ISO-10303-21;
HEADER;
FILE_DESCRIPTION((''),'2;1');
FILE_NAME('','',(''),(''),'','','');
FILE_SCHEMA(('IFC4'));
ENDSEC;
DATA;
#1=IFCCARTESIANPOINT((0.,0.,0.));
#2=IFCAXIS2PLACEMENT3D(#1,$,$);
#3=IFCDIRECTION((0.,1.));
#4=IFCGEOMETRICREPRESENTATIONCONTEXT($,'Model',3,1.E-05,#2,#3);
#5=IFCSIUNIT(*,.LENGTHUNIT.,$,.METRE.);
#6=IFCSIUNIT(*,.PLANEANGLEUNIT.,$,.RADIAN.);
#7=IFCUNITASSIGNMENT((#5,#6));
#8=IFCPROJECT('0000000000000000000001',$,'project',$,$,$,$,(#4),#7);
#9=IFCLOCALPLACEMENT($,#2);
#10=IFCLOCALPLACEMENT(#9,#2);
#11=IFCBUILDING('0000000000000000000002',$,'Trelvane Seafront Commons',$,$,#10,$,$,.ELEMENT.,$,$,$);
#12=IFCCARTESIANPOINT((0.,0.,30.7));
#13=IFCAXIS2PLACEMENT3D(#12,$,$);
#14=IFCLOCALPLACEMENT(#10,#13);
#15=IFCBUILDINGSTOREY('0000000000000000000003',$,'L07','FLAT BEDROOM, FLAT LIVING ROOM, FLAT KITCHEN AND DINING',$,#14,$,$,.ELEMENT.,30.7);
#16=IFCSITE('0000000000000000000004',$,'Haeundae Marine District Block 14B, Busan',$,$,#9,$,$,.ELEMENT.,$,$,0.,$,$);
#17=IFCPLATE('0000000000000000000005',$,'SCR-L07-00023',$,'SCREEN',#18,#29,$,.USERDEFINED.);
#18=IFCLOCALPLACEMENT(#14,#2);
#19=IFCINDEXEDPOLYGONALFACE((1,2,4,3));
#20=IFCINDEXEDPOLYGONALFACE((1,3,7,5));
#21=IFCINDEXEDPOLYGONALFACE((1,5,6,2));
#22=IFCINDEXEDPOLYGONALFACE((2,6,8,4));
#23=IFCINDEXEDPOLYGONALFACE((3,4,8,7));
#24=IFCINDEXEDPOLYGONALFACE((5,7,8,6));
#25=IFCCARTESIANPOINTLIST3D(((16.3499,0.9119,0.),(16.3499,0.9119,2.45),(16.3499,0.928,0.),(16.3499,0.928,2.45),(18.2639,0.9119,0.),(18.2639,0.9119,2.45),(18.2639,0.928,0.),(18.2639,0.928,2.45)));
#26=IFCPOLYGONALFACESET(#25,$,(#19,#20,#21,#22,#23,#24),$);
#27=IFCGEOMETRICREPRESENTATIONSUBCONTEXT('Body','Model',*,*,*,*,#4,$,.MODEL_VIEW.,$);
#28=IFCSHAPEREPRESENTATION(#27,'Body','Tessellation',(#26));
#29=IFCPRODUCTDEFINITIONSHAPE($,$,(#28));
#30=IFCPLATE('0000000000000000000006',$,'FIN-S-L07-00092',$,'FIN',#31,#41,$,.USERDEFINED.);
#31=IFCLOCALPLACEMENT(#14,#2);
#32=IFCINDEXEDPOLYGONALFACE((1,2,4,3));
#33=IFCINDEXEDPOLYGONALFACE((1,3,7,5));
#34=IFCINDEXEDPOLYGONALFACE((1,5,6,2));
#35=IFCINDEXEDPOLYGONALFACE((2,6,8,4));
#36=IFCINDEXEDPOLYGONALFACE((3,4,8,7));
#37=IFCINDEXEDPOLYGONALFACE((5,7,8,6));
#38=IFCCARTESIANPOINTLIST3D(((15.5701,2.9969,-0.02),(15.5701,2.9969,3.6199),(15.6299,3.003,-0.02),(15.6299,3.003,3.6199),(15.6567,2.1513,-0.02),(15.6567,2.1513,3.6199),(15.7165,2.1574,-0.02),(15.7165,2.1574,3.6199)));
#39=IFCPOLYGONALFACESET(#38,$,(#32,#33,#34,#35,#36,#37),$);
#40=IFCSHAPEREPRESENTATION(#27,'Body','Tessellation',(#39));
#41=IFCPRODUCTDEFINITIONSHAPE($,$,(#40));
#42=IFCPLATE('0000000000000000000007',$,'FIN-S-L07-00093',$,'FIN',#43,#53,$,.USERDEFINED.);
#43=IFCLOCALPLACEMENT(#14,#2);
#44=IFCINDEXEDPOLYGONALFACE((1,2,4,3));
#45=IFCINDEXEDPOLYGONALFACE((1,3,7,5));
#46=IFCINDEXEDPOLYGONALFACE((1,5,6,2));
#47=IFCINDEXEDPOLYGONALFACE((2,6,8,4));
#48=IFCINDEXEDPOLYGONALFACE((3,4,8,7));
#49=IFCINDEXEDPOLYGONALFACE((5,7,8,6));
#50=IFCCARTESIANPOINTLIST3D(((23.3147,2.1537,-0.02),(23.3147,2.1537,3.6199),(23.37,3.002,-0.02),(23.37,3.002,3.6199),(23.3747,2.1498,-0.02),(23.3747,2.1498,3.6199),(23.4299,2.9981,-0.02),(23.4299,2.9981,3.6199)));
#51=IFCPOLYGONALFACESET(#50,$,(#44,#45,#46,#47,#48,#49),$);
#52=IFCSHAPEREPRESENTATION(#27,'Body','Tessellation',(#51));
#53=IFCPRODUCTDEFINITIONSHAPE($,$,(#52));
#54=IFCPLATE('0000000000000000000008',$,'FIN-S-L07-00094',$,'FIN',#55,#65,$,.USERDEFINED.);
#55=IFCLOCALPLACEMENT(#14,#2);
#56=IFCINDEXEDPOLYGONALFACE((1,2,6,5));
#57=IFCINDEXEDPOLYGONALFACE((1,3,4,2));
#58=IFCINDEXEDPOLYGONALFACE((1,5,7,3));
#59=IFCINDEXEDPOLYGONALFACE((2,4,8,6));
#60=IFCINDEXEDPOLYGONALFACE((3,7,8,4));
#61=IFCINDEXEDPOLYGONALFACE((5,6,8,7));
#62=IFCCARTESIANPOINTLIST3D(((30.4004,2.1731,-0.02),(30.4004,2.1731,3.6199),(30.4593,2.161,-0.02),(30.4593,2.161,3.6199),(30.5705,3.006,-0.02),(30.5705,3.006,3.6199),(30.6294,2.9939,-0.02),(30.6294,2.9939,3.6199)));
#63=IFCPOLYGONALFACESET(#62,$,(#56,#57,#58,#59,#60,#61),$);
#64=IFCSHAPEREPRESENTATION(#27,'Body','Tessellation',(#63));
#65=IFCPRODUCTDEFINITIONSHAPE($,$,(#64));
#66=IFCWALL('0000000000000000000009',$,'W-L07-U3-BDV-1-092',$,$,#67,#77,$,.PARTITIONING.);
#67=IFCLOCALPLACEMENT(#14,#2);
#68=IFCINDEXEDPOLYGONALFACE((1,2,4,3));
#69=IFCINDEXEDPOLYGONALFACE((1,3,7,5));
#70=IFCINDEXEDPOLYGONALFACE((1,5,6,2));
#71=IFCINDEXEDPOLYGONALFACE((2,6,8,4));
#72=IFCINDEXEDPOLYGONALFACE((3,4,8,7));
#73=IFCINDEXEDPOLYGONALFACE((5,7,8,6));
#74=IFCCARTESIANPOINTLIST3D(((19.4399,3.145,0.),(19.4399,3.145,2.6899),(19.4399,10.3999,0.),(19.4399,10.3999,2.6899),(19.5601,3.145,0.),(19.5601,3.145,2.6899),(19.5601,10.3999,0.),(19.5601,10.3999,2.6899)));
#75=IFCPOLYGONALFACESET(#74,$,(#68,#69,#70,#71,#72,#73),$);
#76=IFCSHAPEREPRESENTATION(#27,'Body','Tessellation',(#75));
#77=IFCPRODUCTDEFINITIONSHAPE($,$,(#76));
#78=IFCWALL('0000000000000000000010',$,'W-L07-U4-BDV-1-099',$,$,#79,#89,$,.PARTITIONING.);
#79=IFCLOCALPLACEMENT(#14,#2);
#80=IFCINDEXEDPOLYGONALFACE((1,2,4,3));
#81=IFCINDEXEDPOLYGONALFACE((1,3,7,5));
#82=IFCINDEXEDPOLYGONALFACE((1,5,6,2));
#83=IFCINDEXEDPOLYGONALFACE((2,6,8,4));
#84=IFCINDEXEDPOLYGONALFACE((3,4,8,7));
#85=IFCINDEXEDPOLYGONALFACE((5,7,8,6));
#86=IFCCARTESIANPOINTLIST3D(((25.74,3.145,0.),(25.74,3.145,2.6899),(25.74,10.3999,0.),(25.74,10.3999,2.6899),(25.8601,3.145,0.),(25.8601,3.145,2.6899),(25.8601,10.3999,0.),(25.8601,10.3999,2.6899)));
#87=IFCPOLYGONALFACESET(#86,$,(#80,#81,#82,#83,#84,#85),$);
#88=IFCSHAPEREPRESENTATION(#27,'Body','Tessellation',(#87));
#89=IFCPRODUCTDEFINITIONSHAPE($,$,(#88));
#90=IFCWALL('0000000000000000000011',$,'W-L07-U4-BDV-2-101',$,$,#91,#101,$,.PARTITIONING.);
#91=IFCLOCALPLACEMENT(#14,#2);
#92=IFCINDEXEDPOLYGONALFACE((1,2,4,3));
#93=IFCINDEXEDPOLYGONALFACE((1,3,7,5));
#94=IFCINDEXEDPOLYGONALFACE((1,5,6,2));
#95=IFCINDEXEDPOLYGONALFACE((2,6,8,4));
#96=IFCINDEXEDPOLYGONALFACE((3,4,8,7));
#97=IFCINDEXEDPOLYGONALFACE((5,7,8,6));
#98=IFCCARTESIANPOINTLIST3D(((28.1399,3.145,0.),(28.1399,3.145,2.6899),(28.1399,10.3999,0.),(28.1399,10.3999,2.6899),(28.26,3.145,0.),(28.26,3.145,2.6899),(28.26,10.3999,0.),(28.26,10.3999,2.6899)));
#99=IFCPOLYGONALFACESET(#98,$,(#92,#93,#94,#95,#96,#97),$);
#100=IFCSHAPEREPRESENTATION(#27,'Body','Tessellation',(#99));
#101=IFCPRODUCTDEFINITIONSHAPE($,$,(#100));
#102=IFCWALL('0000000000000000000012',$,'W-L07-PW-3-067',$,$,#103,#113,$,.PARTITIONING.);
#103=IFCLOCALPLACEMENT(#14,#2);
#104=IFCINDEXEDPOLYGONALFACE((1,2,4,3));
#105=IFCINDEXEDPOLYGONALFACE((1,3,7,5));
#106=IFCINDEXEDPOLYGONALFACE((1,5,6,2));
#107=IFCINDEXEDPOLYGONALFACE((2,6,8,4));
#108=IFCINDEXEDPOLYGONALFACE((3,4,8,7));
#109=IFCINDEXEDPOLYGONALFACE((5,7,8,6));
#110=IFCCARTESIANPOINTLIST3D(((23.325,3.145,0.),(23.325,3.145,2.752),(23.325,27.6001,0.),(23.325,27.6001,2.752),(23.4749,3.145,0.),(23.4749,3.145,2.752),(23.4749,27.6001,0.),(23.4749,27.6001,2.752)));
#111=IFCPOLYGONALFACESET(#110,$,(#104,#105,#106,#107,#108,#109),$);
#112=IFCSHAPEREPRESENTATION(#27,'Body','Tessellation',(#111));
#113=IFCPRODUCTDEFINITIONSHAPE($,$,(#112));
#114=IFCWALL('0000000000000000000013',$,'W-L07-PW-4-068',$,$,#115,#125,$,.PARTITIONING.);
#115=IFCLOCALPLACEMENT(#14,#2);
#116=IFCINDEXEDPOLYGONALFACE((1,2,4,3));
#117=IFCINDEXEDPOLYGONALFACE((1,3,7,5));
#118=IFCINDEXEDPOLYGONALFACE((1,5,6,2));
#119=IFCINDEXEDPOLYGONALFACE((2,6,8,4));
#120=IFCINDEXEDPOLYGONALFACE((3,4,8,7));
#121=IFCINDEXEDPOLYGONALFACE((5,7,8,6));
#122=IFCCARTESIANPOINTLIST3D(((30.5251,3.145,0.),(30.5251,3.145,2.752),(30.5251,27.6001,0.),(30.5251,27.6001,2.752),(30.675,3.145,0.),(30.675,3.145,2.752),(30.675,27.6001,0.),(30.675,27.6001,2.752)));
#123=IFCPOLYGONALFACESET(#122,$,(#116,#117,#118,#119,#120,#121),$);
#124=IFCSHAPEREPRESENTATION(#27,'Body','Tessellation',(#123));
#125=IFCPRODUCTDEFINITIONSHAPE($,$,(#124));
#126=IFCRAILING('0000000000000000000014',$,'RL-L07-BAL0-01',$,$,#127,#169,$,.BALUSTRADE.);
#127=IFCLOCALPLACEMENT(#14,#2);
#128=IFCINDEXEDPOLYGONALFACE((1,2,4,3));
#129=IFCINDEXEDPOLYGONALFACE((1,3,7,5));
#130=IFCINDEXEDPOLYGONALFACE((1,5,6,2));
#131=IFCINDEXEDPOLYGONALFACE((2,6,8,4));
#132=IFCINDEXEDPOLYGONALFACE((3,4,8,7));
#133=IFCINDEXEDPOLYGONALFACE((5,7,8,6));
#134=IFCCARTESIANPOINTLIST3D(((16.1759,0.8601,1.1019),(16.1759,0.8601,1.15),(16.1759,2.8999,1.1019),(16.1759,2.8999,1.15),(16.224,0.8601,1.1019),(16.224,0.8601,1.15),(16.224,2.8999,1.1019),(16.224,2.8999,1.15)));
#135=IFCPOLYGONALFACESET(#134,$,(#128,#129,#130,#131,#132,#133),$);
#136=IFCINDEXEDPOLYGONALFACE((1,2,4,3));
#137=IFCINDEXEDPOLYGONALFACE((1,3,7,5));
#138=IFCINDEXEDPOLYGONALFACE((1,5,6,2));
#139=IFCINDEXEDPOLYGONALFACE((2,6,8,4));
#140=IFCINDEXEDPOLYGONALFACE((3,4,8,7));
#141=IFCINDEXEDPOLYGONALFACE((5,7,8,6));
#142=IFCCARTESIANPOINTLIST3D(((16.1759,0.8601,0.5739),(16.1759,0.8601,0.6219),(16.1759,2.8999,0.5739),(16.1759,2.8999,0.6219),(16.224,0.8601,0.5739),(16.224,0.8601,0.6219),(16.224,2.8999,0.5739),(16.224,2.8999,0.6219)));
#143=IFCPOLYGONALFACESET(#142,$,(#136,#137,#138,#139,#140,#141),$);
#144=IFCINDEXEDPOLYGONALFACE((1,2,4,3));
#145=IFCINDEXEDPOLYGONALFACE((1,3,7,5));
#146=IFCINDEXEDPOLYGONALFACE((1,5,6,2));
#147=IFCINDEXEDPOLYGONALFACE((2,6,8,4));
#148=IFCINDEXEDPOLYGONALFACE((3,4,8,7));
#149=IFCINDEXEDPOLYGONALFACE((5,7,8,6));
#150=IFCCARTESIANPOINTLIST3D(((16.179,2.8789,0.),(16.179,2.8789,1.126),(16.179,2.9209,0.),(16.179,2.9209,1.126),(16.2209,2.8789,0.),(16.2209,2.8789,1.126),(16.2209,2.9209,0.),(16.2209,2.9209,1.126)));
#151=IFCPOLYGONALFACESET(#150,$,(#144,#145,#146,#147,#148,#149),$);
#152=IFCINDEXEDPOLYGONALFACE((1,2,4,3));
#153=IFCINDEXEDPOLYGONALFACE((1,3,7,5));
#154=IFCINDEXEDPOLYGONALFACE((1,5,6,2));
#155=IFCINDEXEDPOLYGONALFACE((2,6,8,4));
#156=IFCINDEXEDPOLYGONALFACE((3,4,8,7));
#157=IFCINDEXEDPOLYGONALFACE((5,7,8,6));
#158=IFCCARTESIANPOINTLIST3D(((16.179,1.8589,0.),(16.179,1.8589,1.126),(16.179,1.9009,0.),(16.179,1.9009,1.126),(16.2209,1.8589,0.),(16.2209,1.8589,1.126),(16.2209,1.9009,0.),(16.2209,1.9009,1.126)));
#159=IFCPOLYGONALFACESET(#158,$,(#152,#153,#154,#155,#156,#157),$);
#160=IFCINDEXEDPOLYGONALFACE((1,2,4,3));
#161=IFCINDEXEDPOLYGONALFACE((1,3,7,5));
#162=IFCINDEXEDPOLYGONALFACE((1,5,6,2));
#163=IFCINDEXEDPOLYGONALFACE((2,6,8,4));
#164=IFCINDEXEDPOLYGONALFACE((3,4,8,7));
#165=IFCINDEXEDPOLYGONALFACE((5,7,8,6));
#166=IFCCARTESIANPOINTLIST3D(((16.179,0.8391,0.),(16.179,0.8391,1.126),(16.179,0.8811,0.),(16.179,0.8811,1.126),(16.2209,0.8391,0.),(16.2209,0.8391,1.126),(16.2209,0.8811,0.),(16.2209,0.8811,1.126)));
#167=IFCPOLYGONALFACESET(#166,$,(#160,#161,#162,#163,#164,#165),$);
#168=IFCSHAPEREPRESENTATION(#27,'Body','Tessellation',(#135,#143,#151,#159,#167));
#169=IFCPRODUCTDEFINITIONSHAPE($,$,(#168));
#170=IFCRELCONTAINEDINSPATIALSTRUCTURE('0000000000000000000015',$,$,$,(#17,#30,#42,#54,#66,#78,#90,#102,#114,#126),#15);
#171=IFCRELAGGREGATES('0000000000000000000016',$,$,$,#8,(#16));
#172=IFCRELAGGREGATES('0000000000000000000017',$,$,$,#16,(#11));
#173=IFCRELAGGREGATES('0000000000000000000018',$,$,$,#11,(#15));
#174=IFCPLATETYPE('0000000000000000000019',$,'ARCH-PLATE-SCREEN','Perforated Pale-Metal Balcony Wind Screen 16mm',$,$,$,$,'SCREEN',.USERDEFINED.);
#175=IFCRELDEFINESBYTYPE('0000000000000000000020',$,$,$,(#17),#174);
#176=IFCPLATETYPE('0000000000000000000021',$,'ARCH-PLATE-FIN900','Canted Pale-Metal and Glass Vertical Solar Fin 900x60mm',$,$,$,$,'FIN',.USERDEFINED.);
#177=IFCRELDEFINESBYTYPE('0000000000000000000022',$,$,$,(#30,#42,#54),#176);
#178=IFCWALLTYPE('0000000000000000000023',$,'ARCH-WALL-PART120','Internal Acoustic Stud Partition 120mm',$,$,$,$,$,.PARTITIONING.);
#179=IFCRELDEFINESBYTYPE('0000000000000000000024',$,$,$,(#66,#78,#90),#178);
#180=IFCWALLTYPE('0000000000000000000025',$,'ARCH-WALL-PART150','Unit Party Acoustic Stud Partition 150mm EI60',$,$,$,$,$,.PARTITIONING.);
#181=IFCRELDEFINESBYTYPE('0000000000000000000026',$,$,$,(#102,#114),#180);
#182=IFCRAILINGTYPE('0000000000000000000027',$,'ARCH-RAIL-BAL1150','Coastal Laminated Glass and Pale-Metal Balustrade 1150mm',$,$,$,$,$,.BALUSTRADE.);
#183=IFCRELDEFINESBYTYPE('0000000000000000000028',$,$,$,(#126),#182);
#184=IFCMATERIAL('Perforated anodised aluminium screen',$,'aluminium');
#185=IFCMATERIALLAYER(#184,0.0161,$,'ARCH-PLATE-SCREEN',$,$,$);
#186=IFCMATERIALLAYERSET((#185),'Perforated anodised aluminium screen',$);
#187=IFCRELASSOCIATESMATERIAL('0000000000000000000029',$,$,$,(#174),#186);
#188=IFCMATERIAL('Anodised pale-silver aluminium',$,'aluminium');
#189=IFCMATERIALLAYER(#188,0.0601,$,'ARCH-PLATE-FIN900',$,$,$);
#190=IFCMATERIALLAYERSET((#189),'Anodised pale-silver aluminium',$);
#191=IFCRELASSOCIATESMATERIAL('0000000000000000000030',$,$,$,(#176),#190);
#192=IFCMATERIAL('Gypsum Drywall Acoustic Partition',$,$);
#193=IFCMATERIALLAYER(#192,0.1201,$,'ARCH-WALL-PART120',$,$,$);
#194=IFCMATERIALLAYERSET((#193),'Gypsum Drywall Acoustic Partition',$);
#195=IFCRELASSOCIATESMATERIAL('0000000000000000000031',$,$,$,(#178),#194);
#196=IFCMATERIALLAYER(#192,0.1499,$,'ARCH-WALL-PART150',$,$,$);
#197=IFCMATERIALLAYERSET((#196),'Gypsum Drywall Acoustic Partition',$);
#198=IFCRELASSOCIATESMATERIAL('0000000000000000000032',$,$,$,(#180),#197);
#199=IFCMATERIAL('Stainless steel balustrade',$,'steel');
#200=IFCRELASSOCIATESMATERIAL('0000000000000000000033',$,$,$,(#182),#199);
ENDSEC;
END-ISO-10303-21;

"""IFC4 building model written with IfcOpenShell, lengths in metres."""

from ifc_helpers import new_model, si_unit, direction, frame, frame_2d, origin, origin_2d, place, context, subcontext, project, spatial, rectangle, extrude, source, transform, mapped, material, layer, layer_set, type_object, element, save


model = new_model("IFC4")

# Units and contexts
model_context = context("Model", 3, precision=1e-05, world=origin(), true_north=direction((0.0, 1.0)))
body_context = subcontext(model_context, "Body", "Model", "MODEL_VIEW")
ifc_project = project(units=[si_unit("LENGTHUNIT", "METRE"), si_unit("PLANEANGLEUNIT", "RADIAN")], contexts=[model_context])

# Site, building, storey
site_placement = place(None, origin())
site = spatial("IfcSite", under=ifc_project, at=site_placement, Name="Haeundae Marine District Block 14B, Busan", CompositionType="ELEMENT", RefElevation=0.0)
building_placement = place(site_placement, origin())
building = spatial("IfcBuilding", under=site, at=building_placement, Name="Trelvane Seafront Commons", CompositionType="ELEMENT")
storey_placement = place(building_placement, frame((0.0, 0.0, 30.7)))
storey = spatial("IfcBuildingStorey", under=building, at=storey_placement, Name="L07", Description="FLAT BEDROOM, FLAT LIVING ROOM, FLAT KITCHEN AND DINING", CompositionType="ELEMENT", Elevation=30.7)

# Plates
ifc_material_1 = material(Name="Perforated anodised aluminium screen", Category="aluminium")
ifc_layer_1 = layer(ifc_material_1, 0.0161, Name="ARCH-PLATE-SCREEN")
ifc_layer_set_1 = layer_set([ifc_layer_1], Name="Perforated anodised aluminium screen")
plate_type_1 = type_object("IfcPlateType", Name="ARCH-PLATE-SCREEN", Description="Perforated Pale-Metal Balcony Wind Screen 16mm", ElementType="SCREEN", PredefinedType="USERDEFINED", material=ifc_layer_set_1)
shared_shape_1 = source(origin(), body_context, "Body", "SweptSolid", [
    extrude(rectangle(XDim=1.9141, YDim=0.0161, at=origin_2d()), origin(), (0.0, 0.0, 1.0), 2.45),
])
plate_placement = place(storey_placement, frame((17.3069, 0.9199, 0.0), z_axis=(0.0, 0.0, 1.0), x_axis=(1.0, 0.0, 0.0)))
element("IfcPlate", 1, at=plate_placement, inside=storey, type_object=plate_type_1, Name="SCR-L07-00023", ObjectType="SCREEN", PredefinedType="USERDEFINED", context=body_context, shape_type="MappedRepresentation", body=[
    mapped(shared_shape_1, transform((0.0, 0.0, 0.0), x_axis=(1.0, 0.0, 0.0), y_axis=(0.0, 1.0, 0.0), z_axis=(0.0, 0.0, 1.0), scale=1.0)),
])
ifc_material_2 = material(Name="Anodised pale-silver aluminium", Category="aluminium")
ifc_layer_2 = layer(ifc_material_2, 0.0601, Name="ARCH-PLATE-FIN900")
ifc_layer_set_2 = layer_set([ifc_layer_2], Name="Anodised pale-silver aluminium")
plate_type_2 = type_object("IfcPlateType", Name="ARCH-PLATE-FIN900", Description="Canted Pale-Metal and Glass Vertical Solar Fin 900x60mm", ElementType="FIN", PredefinedType="USERDEFINED", material=ifc_layer_set_2)
shared_shape_2 = source(origin(), body_context, "Body", "SweptSolid", [
    extrude(rectangle(XDim=0.8501, YDim=0.0601, at=origin_2d()), origin(), (0.0, 0.0, 1.0), 3.6399),
])
for number, where, z_axis, x_axis, name in (
    (2, (15.6433, 2.5771, -0.02), (0.0, 0.0, 1.0), (0.101879, -0.994797, 0.0), "FIN-S-L07-00092"),
    (3, (23.3723, 2.5759, -0.02), (0.0, 0.0, 1.0), (-0.064942, -0.997889, 0.0), "FIN-S-L07-00093"),
    (4, (30.5149, 2.5835, -0.02), (0.0, 0.0, 1.0), (-0.200119, -0.979772, 0.0), "FIN-S-L07-00094"),
):
    element("IfcPlate", number, at=place(storey_placement, frame(where, z_axis=z_axis, x_axis=x_axis)), inside=storey, type_object=plate_type_2, Name=name, ObjectType="FIN", PredefinedType="USERDEFINED", context=body_context, shape_type="MappedRepresentation", body=[
        mapped(shared_shape_2, transform((0.0, 0.0, 0.0), x_axis=(1.0, 0.0, 0.0), y_axis=(0.0, 1.0, 0.0), z_axis=(0.0, 0.0, 1.0), scale=1.0)),
    ])

# Shared definitions
ifc_material_3 = material(Name="Gypsum Drywall Acoustic Partition")
ifc_layer_3 = layer(ifc_material_3, 0.1201, Name="ARCH-WALL-PART120")
ifc_layer_set_3 = layer_set([ifc_layer_3], Name="Gypsum Drywall Acoustic Partition")
wall_type_1 = type_object("IfcWallType", Name="ARCH-WALL-PART120", Description="Internal Acoustic Stud Partition 120mm", PredefinedType="PARTITIONING", material=ifc_layer_set_3)

# Wall
wall_1_placement = place(storey_placement, frame((19.5, 3.145, 0.0), z_axis=(0.0, 0.0, 1.0), x_axis=(0.0, 1.0, 0.0)))
element("IfcWall", 5, at=wall_1_placement, inside=storey, type_object=wall_type_1, Name="W-L07-U3-BDV-1-092", PredefinedType="PARTITIONING", context=body_context, shape_type="SweptSolid", body=[
    extrude(rectangle(XDim=7.2549, YDim=0.1201, at=frame_2d((3.6274, 0.0))), origin(), (0.0, 0.0, 1.0), 2.6899),
])

# Wall
wall_2_placement = place(storey_placement, frame((25.8, 3.145, 0.0), z_axis=(0.0, 0.0, 1.0), x_axis=(0.0, 1.0, 0.0)))
element("IfcWall", 6, at=wall_2_placement, inside=storey, type_object=wall_type_1, Name="W-L07-U4-BDV-1-099", PredefinedType="PARTITIONING", context=body_context, shape_type="SweptSolid", body=[
    extrude(rectangle(XDim=7.2549, YDim=0.1201, at=frame_2d((3.6274, 0.0))), origin(), (0.0, 0.0, 1.0), 2.6899),
])

# Walls
wall_3_placement = place(storey_placement, frame((28.2, 3.145, 0.0), z_axis=(0.0, 0.0, 1.0), x_axis=(0.0, 1.0, 0.0)))
element("IfcWall", 7, at=wall_3_placement, inside=storey, type_object=wall_type_1, Name="W-L07-U4-BDV-2-101", PredefinedType="PARTITIONING", context=body_context, shape_type="SweptSolid", body=[
    extrude(rectangle(XDim=7.2549, YDim=0.1201, at=frame_2d((3.6274, 0.0))), origin(), (0.0, 0.0, 1.0), 2.6899),
])
ifc_layer_4 = layer(ifc_material_3, 0.1499, Name="ARCH-WALL-PART150")
ifc_layer_set_4 = layer_set([ifc_layer_4], Name="Gypsum Drywall Acoustic Partition")
wall_type_2 = type_object("IfcWallType", Name="ARCH-WALL-PART150", Description="Unit Party Acoustic Stud Partition 150mm EI60", PredefinedType="PARTITIONING", material=ifc_layer_set_4)
for number, where, z_axis, x_axis, name in (
    (8, (23.3999, 3.145, 0.0), (0.0, 0.0, 1.0), (0.0, 1.0, 0.0), "W-L07-PW-3-067"),
    (9, (30.6001, 3.145, 0.0), (0.0, 0.0, 1.0), (0.0, 1.0, 0.0), "W-L07-PW-4-068"),
):
    element("IfcWall", number, at=place(storey_placement, frame(where, z_axis=z_axis, x_axis=x_axis)), inside=storey, type_object=wall_type_2, Name=name, PredefinedType="PARTITIONING", context=body_context, shape_type="SweptSolid", body=[
        extrude(rectangle(XDim=24.4551, YDim=0.1499, at=frame_2d((12.2275, 0.0))), origin(), (0.0, 0.0, 1.0), 2.752),
    ])

# Railing
ifc_material_4 = material(Name="Stainless steel balustrade", Category="steel")
railing_type = type_object("IfcRailingType", Name="ARCH-RAIL-BAL1150", Description="Coastal Laminated Glass and Pale-Metal Balustrade 1150mm", PredefinedType="BALUSTRADE", material=ifc_material_4)
railing_1_placement = place(storey_placement, frame((16.2, 2.8999, 0.0)))
element("IfcRailing", 10, at=railing_1_placement, inside=storey, type_object=railing_type, Name="RL-L07-BAL0-01", PredefinedType="BALUSTRADE", context=body_context, shape_type="SweptSolid", body=[
    extrude(rectangle(XDim=0.0481, YDim=0.0481, at=origin_2d()), frame((0.0, 0.0, 1.126), z_axis=(0.0, -1.0, 0.0), x_axis=(1.0, 0.0, 0.0)), (0.0, 0.0, 1.0), 2.0398),
    extrude(rectangle(XDim=0.0481, YDim=0.0481, at=origin_2d()), frame((0.0, 0.0, 0.5979), z_axis=(0.0, -1.0, 0.0), x_axis=(1.0, 0.0, 0.0)), (0.0, 0.0, 1.0), 2.0398),
    extrude(rectangle(XDim=0.042, YDim=0.042, at=origin_2d()), origin(), (0.0, 0.0, 1.0), 1.126),
    extrude(rectangle(XDim=0.042, YDim=0.042, at=origin_2d()), frame((0.0, -1.02, 0.0)), (0.0, 0.0, 1.0), 1.126),
    extrude(rectangle(XDim=0.042, YDim=0.042, at=origin_2d()), frame((0.0, -2.0398, 0.0)), (0.0, 0.0, 1.0), 1.126),
])

save(model, "model.ifc")
